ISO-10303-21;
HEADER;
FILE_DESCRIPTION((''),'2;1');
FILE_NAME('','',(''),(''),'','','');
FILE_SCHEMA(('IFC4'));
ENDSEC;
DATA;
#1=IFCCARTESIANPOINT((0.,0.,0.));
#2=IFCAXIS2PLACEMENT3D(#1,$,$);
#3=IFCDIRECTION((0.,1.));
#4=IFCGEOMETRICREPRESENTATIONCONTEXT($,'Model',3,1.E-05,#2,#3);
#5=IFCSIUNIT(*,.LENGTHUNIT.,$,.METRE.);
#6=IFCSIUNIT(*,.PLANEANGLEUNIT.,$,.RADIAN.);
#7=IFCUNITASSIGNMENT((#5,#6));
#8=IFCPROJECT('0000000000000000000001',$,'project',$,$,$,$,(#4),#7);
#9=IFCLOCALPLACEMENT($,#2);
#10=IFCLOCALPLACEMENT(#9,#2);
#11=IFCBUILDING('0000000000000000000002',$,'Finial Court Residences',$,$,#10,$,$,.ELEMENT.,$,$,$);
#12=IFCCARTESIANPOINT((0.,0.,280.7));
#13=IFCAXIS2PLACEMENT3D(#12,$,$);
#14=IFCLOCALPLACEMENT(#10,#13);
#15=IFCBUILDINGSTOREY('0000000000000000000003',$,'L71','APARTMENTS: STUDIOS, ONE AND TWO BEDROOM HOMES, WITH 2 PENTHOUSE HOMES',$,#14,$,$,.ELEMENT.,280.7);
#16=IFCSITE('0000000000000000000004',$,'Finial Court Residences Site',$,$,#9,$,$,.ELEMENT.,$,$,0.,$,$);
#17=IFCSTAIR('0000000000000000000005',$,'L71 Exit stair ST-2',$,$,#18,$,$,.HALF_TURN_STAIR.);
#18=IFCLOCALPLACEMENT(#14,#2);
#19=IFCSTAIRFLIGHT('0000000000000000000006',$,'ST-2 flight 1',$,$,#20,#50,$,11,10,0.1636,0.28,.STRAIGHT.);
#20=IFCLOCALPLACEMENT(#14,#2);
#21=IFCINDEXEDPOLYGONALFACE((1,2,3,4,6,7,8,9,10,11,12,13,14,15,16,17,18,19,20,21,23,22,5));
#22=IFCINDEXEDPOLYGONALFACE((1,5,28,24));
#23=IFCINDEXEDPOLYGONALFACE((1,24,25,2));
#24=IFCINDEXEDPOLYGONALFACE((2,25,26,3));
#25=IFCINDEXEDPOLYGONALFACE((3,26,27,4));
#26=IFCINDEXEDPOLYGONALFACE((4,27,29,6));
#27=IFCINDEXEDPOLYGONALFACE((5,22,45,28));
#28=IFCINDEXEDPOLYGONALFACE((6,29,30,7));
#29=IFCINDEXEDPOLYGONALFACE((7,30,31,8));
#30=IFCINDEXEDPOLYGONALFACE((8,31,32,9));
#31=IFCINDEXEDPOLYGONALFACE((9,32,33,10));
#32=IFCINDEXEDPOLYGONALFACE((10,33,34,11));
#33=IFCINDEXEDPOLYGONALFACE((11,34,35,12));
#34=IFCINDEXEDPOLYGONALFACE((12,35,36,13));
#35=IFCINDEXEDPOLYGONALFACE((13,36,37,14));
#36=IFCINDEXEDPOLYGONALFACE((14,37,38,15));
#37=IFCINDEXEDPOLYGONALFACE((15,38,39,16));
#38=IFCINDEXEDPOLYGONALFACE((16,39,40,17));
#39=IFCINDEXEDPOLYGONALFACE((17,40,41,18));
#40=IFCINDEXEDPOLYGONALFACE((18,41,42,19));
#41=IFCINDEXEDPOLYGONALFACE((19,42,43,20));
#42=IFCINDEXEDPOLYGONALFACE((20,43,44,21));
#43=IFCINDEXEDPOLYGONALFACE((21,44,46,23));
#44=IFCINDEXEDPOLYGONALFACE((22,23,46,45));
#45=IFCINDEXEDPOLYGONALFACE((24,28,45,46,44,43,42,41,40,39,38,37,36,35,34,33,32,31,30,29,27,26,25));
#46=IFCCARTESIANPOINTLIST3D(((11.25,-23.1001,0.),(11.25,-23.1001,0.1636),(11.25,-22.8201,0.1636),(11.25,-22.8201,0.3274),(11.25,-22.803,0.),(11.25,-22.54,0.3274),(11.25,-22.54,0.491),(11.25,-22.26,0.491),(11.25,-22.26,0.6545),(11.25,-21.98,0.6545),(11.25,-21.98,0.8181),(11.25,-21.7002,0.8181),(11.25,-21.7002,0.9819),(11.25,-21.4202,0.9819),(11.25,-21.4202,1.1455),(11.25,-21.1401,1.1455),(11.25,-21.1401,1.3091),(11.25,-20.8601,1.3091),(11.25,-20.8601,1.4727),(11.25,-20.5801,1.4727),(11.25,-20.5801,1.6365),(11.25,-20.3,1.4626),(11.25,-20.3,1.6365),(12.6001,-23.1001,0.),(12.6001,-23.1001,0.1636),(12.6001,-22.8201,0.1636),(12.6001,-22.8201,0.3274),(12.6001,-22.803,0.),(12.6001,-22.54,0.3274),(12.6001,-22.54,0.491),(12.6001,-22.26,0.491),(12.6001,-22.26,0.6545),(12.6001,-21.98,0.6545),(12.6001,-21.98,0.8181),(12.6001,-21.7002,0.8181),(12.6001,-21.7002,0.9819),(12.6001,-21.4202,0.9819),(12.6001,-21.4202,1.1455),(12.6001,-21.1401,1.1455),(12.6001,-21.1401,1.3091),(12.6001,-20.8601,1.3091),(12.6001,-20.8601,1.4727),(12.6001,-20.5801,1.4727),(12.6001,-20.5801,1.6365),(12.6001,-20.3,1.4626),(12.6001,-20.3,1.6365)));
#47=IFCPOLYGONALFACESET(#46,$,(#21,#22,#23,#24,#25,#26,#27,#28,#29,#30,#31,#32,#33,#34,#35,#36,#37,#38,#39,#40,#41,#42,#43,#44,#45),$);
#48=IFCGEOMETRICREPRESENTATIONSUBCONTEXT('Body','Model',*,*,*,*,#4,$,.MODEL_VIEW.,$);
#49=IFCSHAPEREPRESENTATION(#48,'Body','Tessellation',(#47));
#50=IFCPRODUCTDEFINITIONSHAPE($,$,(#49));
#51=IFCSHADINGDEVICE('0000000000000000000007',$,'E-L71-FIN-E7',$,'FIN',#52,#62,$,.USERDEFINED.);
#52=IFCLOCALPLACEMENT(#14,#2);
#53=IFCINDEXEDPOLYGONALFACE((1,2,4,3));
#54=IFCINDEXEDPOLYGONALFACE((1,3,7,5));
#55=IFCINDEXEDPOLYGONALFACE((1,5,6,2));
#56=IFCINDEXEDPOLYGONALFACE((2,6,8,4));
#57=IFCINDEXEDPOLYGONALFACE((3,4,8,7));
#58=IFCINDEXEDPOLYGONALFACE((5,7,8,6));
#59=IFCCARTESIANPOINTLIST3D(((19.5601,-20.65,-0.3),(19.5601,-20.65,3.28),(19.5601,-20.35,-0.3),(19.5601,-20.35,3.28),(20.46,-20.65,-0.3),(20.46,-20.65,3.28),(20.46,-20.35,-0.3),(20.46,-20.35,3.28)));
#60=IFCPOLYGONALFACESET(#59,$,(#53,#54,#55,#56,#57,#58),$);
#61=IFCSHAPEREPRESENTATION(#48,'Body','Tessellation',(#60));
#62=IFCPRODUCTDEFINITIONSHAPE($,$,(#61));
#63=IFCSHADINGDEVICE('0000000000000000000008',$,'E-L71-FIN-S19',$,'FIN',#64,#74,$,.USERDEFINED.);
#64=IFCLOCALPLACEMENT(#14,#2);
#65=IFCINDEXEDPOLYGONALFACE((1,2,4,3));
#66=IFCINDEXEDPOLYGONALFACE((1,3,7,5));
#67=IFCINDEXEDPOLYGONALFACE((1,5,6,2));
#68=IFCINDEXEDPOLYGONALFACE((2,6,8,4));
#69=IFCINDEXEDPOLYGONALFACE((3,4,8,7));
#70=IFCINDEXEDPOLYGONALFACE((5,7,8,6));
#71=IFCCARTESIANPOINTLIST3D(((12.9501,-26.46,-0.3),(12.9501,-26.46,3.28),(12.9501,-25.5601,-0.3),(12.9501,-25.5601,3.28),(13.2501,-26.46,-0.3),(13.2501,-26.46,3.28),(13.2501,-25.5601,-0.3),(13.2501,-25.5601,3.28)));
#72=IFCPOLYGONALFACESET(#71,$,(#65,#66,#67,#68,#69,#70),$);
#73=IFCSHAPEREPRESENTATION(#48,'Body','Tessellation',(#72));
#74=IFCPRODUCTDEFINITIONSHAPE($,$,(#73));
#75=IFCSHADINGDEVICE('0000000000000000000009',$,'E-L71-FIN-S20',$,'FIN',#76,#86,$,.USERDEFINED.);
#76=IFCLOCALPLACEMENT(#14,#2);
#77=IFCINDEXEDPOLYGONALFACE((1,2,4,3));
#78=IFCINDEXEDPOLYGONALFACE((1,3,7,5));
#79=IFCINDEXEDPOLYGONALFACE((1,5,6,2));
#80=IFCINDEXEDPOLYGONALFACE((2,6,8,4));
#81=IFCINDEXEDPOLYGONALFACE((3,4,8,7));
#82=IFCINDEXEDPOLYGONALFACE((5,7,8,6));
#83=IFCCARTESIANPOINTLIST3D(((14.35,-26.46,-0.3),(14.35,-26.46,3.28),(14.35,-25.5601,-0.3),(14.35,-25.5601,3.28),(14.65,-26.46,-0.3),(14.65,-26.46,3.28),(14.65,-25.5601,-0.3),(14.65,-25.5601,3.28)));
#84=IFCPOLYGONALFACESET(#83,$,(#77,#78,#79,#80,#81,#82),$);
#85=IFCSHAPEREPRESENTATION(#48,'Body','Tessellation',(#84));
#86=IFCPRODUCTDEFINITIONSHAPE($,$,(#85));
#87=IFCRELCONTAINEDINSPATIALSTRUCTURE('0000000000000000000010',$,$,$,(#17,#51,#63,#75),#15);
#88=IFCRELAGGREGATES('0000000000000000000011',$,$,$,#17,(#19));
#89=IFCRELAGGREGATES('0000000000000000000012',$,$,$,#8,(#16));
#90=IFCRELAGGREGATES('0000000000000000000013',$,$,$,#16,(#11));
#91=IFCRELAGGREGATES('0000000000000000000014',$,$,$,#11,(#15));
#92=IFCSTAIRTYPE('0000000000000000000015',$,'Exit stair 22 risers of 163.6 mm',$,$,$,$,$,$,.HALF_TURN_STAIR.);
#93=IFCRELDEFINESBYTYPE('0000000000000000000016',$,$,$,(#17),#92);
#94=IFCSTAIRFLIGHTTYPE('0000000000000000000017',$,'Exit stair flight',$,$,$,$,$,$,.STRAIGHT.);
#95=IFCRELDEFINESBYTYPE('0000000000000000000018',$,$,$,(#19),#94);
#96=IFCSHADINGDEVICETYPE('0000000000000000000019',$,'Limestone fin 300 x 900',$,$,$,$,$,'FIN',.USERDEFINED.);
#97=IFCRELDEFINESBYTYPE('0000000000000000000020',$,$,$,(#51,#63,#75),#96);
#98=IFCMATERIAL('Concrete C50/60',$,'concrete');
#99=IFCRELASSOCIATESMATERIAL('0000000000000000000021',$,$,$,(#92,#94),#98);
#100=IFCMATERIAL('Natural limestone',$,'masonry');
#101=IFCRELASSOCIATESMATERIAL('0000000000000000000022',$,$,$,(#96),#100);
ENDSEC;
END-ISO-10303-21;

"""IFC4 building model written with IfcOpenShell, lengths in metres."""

from ifc_helpers import new_model, si_unit, direction, frame, origin, origin_2d, place, context, subcontext, project, spatial, polyline, rectangle, outline, extrude, material, type_object, element, aggregate, save


model = new_model("IFC4")

# Units and contexts
model_context = context("Model", 3, precision=1e-05, world=origin(), true_north=direction((0.0, 1.0)))
body_context = subcontext(model_context, "Body", "Model", "MODEL_VIEW")
ifc_project = project(units=[si_unit("LENGTHUNIT", "METRE"), si_unit("PLANEANGLEUNIT", "RADIAN")], contexts=[model_context])

# Site, building, storey
site_placement = place(None, origin())
site = spatial("IfcSite", under=ifc_project, at=site_placement, Name="Finial Court Residences Site", CompositionType="ELEMENT", RefElevation=0.0)
building_placement = place(site_placement, origin())
building = spatial("IfcBuilding", under=site, at=building_placement, Name="Finial Court Residences", CompositionType="ELEMENT")
storey_placement = place(building_placement, frame((0.0, 0.0, 280.7)))
storey = spatial("IfcBuildingStorey", under=building, at=storey_placement, Name="L71", Description="APARTMENTS: STUDIOS, ONE AND TWO BEDROOM HOMES, WITH 2 PENTHOUSE HOMES", CompositionType="ELEMENT", Elevation=280.7)

# Shared definitions
ifc_material_1 = material(Name="Concrete C50/60", Category="concrete")

# Shared definitions
ifc_material_2 = material(Name="Natural limestone", Category="masonry")

# Stair, stair flight
stair_type = type_object("IfcStairType", Name="Exit stair 22 risers of 163.6 mm", PredefinedType="HALF_TURN_STAIR", material=ifc_material_1)
stair_placement = place(storey_placement, origin())
stair = element("IfcStair", 1, at=stair_placement, inside=storey, type_object=stair_type, Name="L71 Exit stair ST-2", PredefinedType="HALF_TURN_STAIR")
stair_flight_type = type_object("IfcStairFlightType", Name="Exit stair flight", PredefinedType="STRAIGHT", material=ifc_material_1)
stair_flight_placement = place(storey_placement, frame((11.925, -23.1001, 0.0), z_axis=(0.0, 0.0, 1.0), x_axis=(0.0, 1.0, 0.0)))
stair_flight = element("IfcStairFlight", 2, at=stair_flight_placement, type_object=stair_flight_type, Name="ST-2 flight 1", NumberOfRisers=11, NumberOfTreads=10, PredefinedType="STRAIGHT", RiserHeight=0.1636, TreadLength=0.28, context=body_context, shape_type="SweptSolid", body=[
    extrude(outline(polyline([(0.0, 0.0), (0.0, 0.1636), (0.28, 0.1636), (0.28, 0.3274), (0.5601, 0.3274), (0.5601, 0.491), (0.8401, 0.491), (0.8401, 0.6545), (1.1201, 0.6545), (1.1201, 0.8181), (1.3999, 0.8181), (1.3999, 0.9819), (1.6799, 0.9819), (1.6799, 1.1455), (1.96, 1.1455), (1.96, 1.3091), (2.24, 1.3091), (2.24, 1.4727), (2.52, 1.4727), (2.52, 1.6365), (2.8, 1.6365), (2.8, 1.8), (2.8, 1.4626), (0.2971, 0.0), (0.0, 0.0)])), frame((0.0, 0.675, 0.0), z_axis=(0.0, -1.0, 0.0), x_axis=(1.0, 0.0, 0.0)), (0.0, 0.0, 1.0), 1.3501),
])
aggregate(stair, [stair_flight])

# Shading devices
shading_device_type = type_object("IfcShadingDeviceType", Name="Limestone fin 300 x 900", ElementType="FIN", PredefinedType="USERDEFINED", material=ifc_material_2)
shading_device_placement = place(storey_placement, frame((20.01, -20.5, -0.3), z_axis=(0.0, 0.0, 1.0), x_axis=(1.0, 0.0, 0.0)))
element("IfcShadingDevice", 3, at=shading_device_placement, inside=storey, type_object=shading_device_type, Name="E-L71-FIN-E7", ObjectType="FIN", PredefinedType="USERDEFINED", context=body_context, shape_type="SweptSolid", body=[
    extrude(rectangle(XDim=0.8999, YDim=0.3, at=origin_2d()), origin(), (0.0, 0.0, 1.0), 3.5801),
])
for number, where, z_axis, x_axis, name in (
    (4, (13.1001, -26.01, -0.3), (0.0, 0.0, 1.0), (1.0, 0.0, 0.0), "E-L71-FIN-S19"),
    (5, (14.5, -26.01, -0.3), (0.0, 0.0, 1.0), (1.0, 0.0, 0.0), "E-L71-FIN-S20"),
):
    element("IfcShadingDevice", number, at=place(storey_placement, frame(where, z_axis=z_axis, x_axis=x_axis)), inside=storey, type_object=shading_device_type, Name=name, ObjectType="FIN", PredefinedType="USERDEFINED", context=body_context, shape_type="SweptSolid", body=[
        extrude(rectangle(XDim=0.3, YDim=0.8999, at=origin_2d()), origin(), (0.0, 0.0, 1.0), 3.5801),
    ])

save(model, "model.ifc")
